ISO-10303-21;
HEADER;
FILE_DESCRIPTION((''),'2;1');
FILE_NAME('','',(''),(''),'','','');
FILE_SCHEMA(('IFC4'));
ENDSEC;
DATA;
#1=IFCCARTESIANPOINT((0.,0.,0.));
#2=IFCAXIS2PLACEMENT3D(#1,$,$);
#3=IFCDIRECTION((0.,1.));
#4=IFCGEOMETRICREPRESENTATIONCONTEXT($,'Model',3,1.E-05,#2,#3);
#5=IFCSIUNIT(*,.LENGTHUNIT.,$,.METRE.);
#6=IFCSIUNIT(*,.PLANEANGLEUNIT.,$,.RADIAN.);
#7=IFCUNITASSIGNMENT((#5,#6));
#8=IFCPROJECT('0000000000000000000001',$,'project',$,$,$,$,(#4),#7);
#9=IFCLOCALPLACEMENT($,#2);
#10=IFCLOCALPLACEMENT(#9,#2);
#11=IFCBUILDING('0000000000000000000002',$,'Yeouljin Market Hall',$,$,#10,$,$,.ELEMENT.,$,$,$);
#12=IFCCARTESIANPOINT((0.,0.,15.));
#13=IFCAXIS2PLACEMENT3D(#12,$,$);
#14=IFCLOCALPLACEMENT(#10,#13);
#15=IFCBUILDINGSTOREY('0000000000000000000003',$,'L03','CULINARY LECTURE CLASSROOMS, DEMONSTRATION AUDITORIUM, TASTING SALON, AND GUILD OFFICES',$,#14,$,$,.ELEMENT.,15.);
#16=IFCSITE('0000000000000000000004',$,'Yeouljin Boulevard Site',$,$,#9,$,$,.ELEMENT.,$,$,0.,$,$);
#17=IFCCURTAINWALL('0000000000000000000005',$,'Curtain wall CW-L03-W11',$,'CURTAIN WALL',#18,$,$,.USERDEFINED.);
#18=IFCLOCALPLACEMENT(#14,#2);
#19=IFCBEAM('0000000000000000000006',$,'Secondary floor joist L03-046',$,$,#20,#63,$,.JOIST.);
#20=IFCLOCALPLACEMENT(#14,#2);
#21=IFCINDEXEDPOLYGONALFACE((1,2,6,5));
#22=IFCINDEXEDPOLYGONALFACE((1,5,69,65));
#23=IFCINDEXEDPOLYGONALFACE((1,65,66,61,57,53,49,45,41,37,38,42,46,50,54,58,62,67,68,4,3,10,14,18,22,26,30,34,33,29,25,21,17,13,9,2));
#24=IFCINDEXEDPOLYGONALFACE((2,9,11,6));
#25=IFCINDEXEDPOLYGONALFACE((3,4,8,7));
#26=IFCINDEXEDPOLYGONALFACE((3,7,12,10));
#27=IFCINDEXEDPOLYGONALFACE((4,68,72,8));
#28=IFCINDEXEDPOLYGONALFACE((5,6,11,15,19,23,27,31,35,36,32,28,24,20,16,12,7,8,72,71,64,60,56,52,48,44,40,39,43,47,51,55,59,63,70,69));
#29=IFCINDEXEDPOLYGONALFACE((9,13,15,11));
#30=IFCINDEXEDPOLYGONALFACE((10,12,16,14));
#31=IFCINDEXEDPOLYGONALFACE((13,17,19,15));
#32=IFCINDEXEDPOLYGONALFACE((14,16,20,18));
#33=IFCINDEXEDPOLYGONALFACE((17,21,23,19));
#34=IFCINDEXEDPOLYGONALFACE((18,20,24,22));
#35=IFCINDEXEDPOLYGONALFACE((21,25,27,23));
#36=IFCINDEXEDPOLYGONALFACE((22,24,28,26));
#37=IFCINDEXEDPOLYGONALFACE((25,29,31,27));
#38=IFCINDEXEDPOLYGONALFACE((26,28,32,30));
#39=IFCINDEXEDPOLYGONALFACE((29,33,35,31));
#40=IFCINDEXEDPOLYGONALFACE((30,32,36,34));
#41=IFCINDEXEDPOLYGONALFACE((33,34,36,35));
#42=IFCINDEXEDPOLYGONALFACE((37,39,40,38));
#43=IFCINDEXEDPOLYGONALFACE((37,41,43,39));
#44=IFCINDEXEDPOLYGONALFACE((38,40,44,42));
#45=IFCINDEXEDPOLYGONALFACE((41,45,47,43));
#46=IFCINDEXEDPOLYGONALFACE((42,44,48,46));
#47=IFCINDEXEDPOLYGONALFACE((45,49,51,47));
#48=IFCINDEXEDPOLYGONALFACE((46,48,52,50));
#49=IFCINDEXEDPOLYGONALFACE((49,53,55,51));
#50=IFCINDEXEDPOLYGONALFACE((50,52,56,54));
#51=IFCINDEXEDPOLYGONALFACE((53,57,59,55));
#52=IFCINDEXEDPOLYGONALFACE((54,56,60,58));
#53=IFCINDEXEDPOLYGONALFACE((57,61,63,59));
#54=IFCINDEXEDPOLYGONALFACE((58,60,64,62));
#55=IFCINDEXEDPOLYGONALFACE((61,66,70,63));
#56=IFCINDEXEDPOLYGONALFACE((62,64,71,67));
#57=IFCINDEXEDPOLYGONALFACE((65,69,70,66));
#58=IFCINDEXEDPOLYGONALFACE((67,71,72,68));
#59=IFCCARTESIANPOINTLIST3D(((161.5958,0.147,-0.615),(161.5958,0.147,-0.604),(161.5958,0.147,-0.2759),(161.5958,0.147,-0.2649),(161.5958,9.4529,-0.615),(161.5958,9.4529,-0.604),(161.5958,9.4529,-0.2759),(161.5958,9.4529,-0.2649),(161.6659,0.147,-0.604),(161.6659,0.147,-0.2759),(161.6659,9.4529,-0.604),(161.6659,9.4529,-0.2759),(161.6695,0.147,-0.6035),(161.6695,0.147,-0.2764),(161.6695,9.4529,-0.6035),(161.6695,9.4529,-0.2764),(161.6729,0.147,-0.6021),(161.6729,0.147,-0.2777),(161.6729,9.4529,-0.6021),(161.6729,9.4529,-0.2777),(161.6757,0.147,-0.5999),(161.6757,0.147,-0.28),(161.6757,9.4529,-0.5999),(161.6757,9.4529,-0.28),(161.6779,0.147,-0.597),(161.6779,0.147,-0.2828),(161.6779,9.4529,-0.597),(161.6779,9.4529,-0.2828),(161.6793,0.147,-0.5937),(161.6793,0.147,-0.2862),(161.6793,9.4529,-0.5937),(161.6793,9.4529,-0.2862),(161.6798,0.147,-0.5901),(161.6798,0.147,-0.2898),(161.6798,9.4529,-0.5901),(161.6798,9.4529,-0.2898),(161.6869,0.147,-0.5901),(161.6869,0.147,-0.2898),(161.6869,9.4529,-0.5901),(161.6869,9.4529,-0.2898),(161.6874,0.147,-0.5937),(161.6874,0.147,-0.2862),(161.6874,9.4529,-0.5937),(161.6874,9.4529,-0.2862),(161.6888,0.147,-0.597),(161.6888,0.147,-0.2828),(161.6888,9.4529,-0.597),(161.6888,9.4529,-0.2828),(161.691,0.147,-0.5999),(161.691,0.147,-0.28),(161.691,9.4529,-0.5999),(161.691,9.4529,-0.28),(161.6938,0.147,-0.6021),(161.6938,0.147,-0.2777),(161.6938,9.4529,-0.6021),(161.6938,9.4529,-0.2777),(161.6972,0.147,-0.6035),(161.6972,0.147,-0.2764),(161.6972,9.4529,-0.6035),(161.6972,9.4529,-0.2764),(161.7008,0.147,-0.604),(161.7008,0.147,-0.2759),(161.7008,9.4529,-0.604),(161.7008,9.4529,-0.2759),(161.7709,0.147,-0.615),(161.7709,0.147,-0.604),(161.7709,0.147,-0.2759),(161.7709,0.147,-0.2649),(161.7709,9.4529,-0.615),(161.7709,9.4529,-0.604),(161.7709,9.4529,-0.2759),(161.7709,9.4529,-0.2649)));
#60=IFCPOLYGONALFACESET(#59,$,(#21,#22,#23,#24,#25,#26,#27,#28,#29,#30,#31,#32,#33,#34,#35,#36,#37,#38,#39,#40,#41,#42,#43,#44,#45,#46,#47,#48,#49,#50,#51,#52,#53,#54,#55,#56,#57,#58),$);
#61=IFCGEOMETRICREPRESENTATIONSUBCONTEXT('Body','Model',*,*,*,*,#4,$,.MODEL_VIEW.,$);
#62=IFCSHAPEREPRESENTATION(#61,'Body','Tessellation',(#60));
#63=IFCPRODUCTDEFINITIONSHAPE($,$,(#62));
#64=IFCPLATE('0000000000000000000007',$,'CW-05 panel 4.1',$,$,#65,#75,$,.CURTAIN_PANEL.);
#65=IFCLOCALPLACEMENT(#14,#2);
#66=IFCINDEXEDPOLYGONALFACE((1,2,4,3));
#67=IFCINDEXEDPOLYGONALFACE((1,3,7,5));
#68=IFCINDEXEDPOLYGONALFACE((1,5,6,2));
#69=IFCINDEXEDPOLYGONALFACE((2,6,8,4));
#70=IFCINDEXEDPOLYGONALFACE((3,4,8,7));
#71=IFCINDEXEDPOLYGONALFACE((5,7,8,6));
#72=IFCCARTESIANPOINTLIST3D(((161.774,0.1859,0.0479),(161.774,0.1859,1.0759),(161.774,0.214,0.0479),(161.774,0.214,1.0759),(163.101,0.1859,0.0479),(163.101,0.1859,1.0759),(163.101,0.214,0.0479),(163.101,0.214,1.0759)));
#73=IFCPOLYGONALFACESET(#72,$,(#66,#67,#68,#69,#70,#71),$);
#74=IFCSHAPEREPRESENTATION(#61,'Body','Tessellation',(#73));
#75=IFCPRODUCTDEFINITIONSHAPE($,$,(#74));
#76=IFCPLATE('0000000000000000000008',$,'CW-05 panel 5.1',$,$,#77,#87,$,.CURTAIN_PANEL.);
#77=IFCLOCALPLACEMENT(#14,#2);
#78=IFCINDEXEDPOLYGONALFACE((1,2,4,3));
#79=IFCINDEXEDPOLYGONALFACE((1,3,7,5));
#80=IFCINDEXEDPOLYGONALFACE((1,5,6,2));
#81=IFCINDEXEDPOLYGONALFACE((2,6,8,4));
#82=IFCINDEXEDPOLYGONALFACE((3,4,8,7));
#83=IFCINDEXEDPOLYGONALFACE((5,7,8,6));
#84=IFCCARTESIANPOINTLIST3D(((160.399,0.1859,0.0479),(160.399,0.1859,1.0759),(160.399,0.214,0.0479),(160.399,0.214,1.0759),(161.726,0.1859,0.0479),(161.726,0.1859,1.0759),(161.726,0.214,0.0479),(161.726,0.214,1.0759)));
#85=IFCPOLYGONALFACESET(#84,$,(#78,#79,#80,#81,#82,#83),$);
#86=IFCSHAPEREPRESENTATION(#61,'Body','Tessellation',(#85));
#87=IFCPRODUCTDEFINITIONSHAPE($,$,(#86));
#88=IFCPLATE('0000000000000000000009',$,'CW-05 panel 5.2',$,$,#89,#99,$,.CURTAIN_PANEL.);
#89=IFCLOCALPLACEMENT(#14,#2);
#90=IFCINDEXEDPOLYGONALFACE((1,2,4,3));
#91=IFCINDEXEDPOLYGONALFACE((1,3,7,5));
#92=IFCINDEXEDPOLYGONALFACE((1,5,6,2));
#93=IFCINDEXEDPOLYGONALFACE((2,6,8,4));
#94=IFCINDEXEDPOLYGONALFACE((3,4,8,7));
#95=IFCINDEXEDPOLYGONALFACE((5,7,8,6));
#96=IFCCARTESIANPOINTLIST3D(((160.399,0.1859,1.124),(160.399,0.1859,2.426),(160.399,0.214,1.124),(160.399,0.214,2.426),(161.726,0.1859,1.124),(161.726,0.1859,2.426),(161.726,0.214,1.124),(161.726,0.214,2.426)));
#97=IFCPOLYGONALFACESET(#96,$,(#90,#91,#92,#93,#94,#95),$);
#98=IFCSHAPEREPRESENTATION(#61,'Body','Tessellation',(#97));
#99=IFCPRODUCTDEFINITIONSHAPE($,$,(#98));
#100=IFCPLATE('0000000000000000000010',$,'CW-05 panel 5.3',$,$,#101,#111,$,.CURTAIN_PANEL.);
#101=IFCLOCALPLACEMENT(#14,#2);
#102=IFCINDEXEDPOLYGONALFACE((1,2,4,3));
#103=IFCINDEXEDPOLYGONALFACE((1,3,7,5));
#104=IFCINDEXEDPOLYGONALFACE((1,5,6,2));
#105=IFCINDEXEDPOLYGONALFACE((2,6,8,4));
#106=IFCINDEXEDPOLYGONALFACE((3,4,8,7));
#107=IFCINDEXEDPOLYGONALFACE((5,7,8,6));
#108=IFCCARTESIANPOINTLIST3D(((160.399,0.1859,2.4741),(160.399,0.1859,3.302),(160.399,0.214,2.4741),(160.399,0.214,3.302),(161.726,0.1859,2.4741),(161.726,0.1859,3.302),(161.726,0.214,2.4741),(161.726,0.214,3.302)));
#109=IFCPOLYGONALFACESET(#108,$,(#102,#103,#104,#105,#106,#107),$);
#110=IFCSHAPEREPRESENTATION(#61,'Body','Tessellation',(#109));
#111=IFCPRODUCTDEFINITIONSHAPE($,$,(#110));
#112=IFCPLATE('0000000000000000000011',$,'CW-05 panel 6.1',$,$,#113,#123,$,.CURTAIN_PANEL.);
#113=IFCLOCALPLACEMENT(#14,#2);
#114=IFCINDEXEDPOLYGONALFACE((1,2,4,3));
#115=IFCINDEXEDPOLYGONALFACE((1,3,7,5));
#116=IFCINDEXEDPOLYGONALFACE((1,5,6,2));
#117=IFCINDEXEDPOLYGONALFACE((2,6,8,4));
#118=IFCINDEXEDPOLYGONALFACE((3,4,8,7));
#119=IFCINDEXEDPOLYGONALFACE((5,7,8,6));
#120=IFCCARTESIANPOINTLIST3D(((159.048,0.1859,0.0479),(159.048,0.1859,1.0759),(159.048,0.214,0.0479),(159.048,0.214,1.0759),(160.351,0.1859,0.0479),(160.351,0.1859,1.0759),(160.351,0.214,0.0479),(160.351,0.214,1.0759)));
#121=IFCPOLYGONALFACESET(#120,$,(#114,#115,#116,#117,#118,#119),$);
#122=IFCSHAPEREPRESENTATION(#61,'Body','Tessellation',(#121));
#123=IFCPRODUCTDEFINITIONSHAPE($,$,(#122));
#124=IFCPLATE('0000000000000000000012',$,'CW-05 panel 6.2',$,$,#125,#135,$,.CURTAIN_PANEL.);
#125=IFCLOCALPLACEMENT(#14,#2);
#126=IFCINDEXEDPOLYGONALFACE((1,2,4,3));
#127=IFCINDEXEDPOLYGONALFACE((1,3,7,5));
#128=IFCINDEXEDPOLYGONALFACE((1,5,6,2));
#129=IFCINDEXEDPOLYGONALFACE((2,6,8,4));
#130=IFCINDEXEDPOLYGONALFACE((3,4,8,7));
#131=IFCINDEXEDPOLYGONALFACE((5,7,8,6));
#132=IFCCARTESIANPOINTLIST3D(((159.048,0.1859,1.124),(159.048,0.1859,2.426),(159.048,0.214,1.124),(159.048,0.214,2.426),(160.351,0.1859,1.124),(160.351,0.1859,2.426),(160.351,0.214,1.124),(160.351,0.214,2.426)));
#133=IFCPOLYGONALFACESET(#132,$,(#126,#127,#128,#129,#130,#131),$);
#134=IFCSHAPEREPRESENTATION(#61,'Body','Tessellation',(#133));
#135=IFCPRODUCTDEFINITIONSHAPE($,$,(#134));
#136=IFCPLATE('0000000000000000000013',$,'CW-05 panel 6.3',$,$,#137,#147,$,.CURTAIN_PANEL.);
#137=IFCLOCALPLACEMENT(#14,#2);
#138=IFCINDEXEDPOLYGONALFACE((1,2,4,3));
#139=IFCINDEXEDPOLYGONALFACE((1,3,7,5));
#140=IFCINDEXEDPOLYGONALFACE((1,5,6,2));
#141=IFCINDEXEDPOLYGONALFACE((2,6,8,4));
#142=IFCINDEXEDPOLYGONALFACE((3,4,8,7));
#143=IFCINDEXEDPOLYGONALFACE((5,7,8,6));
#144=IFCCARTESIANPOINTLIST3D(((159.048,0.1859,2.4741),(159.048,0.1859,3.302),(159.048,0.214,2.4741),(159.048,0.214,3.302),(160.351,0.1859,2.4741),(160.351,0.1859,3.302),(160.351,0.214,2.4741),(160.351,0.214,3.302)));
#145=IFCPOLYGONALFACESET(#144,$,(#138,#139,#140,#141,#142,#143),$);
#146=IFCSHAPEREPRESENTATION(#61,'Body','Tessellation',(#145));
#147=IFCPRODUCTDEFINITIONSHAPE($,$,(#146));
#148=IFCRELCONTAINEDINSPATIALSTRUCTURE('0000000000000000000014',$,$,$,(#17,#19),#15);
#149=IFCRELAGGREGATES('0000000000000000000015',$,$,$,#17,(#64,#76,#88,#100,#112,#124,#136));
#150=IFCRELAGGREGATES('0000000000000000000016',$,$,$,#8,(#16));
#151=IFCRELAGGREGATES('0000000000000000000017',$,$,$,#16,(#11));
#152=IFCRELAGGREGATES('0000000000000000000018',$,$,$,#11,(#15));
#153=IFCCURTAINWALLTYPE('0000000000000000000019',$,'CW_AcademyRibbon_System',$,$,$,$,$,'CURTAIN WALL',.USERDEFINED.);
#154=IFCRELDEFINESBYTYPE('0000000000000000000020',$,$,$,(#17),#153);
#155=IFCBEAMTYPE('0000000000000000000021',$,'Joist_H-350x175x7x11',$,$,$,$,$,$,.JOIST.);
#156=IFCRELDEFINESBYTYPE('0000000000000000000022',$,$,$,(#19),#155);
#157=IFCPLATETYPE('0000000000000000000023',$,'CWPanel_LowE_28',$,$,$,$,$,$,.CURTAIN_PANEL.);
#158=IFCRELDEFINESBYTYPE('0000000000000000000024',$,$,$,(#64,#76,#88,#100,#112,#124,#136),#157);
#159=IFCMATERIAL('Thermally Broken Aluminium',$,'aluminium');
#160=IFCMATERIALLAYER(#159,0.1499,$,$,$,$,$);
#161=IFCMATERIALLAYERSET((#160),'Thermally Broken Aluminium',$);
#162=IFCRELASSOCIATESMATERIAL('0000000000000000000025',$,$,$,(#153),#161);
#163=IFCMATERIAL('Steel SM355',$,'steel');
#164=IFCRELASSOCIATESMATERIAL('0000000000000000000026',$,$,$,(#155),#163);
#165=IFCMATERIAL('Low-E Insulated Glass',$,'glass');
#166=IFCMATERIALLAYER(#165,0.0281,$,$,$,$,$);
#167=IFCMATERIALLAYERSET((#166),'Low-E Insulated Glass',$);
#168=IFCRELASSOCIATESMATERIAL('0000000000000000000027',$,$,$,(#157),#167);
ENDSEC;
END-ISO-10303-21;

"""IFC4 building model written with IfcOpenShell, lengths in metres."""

from ifc_helpers import new_model, si_unit, direction, frame, origin, origin_2d, place, context, subcontext, project, spatial, rectangle, i_section, extrude, material, layer, layer_set, material_profile, profile_set, type_object, element, aggregate, save


model = new_model("IFC4")

# Units and contexts
model_context = context("Model", 3, precision=1e-05, world=origin(), true_north=direction((0.0, 1.0)))
body_context = subcontext(model_context, "Body", "Model", "MODEL_VIEW")
ifc_project = project(units=[si_unit("LENGTHUNIT", "METRE"), si_unit("PLANEANGLEUNIT", "RADIAN")], contexts=[model_context])

# Site, building, storey
site_placement = place(None, origin())
site = spatial("IfcSite", under=ifc_project, at=site_placement, Name="Yeouljin Boulevard Site", CompositionType="ELEMENT", RefElevation=0.0)
building_placement = place(site_placement, origin())
building = spatial("IfcBuilding", under=site, at=building_placement, Name="Yeouljin Market Hall", CompositionType="ELEMENT")
storey_placement = place(building_placement, frame((0.0, 0.0, 15.0)))
storey = spatial("IfcBuildingStorey", under=building, at=storey_placement, Name="L03", Description="CULINARY LECTURE CLASSROOMS, DEMONSTRATION AUDITORIUM, TASTING SALON, AND GUILD OFFICES", CompositionType="ELEMENT", Elevation=15.0)

# Curtain wall
ifc_material_1 = material(Name="Thermally Broken Aluminium", Category="aluminium")
ifc_layer_1 = layer(ifc_material_1, 0.1499)
ifc_layer_set_1 = layer_set([ifc_layer_1], Name="Thermally Broken Aluminium")
curtain_wall_type = type_object("IfcCurtainWallType", Name="CW_AcademyRibbon_System", ElementType="CURTAIN WALL", PredefinedType="USERDEFINED", material=ifc_layer_set_1)
curtain_wall_placement = place(storey_placement, origin())
curtain_wall = element("IfcCurtainWall", 1, at=curtain_wall_placement, inside=storey, type_object=curtain_wall_type, Name="Curtain wall CW-L03-W11", ObjectType="CURTAIN WALL", PredefinedType="USERDEFINED")

# Beam
ifc_material_2 = material(Name="Steel SM355", Category="steel")
ifc_material_profile_1 = material_profile(ifc_material_2, i_section(OverallWidth=0.175, OverallDepth=0.3501, WebThickness=0.0071, FlangeThickness=0.011, FilletRadius=0.0139, at=origin_2d()), Name="H-350x175x7x11")
ifc_profile_set_1 = profile_set([ifc_material_profile_1], Name="Steel SM355")
beam_type_1 = type_object("IfcBeamType", Name="Joist_H-350x175x7x11", PredefinedType="JOIST", material=ifc_profile_set_1)
for number, where, z_axis, x_axis, name in (
    (2, (161.6833, 0.147, -0.4399), (0.0, 1.0, 0.0), (-1.0, 0.0, 0.0), "Secondary floor joist L03-046"),
):
    element("IfcBeam", number, at=place(storey_placement, frame(where, z_axis=z_axis, x_axis=x_axis)), inside=storey, type_object=beam_type_1, Name=name, PredefinedType="JOIST", context=body_context, shape_type="SweptSolid", body=[
        extrude(i_section(OverallWidth=0.175, OverallDepth=0.3501, WebThickness=0.0071, FlangeThickness=0.011, FilletRadius=0.0139, at=origin_2d()), origin(), (0.0, 0.0, 1.0), 9.3059),
    ])

# Plates
ifc_material_3 = material(Name="Low-E Insulated Glass", Category="glass")
ifc_layer_2 = layer(ifc_material_3, 0.0281)
ifc_layer_set_2 = layer_set([ifc_layer_2], Name="Low-E Insulated Glass")
plate_type = type_object("IfcPlateType", Name="CWPanel_LowE_28", PredefinedType="CURTAIN_PANEL", material=ifc_layer_set_2)
plate_1_placement = place(storey_placement, frame((162.4375, 0.2, 0.0479), z_axis=(0.0, 0.0, 1.0), x_axis=(-1.0, 0.0, 0.0)))
plate_1 = element("IfcPlate", 3, at=plate_1_placement, type_object=plate_type, Name="CW-05 panel 4.1", PredefinedType="CURTAIN_PANEL", context=body_context, shape_type="SweptSolid", body=[
    extrude(rectangle(XDim=1.3269, YDim=0.0281, at=origin_2d()), origin(), (0.0, 0.0, 1.0), 1.0281),
])
plate_2_placement = place(storey_placement, frame((161.0625, 0.2, 0.0479), z_axis=(0.0, 0.0, 1.0), x_axis=(-1.0, 0.0, 0.0)))
plate_2 = element("IfcPlate", 4, at=plate_2_placement, type_object=plate_type, Name="CW-05 panel 5.1", PredefinedType="CURTAIN_PANEL", context=body_context, shape_type="SweptSolid", body=[
    extrude(rectangle(XDim=1.3269, YDim=0.0281, at=origin_2d()), origin(), (0.0, 0.0, 1.0), 1.0281),
])
plate_3_placement = place(storey_placement, frame((161.0625, 0.2, 1.124), z_axis=(0.0, 0.0, 1.0), x_axis=(-1.0, 0.0, 0.0)))
plate_3 = element("IfcPlate", 5, at=plate_3_placement, type_object=plate_type, Name="CW-05 panel 5.2", PredefinedType="CURTAIN_PANEL", context=body_context, shape_type="SweptSolid", body=[
    extrude(rectangle(XDim=1.3269, YDim=0.0281, at=origin_2d()), origin(), (0.0, 0.0, 1.0), 1.302),
])
plate_4_placement = place(storey_placement, frame((161.0625, 0.2, 2.4741), z_axis=(0.0, 0.0, 1.0), x_axis=(-1.0, 0.0, 0.0)))
plate_4 = element("IfcPlate", 6, at=plate_4_placement, type_object=plate_type, Name="CW-05 panel 5.3", PredefinedType="CURTAIN_PANEL", context=body_context, shape_type="SweptSolid", body=[
    extrude(rectangle(XDim=1.3269, YDim=0.0281, at=origin_2d()), origin(), (0.0, 0.0, 1.0), 0.8279),
])
plate_5_placement = place(storey_placement, frame((159.6995, 0.2, 0.0479), z_axis=(0.0, 0.0, 1.0), x_axis=(-1.0, 0.0, 0.0)))
plate_5 = element("IfcPlate", 7, at=plate_5_placement, type_object=plate_type, Name="CW-05 panel 6.1", PredefinedType="CURTAIN_PANEL", context=body_context, shape_type="SweptSolid", body=[
    extrude(rectangle(XDim=1.303, YDim=0.0281, at=origin_2d()), origin(), (0.0, 0.0, 1.0), 1.0281),
])
plate_6_placement = place(storey_placement, frame((159.6995, 0.2, 1.124), z_axis=(0.0, 0.0, 1.0), x_axis=(-1.0, 0.0, 0.0)))
plate_6 = element("IfcPlate", 8, at=plate_6_placement, type_object=plate_type, Name="CW-05 panel 6.2", PredefinedType="CURTAIN_PANEL", context=body_context, shape_type="SweptSolid", body=[
    extrude(rectangle(XDim=1.303, YDim=0.0281, at=origin_2d()), origin(), (0.0, 0.0, 1.0), 1.302),
])
plate_7_placement = place(storey_placement, frame((159.6995, 0.2, 2.4741), z_axis=(0.0, 0.0, 1.0), x_axis=(-1.0, 0.0, 0.0)))
plate_7 = element("IfcPlate", 9, at=plate_7_placement, type_object=plate_type, Name="CW-05 panel 6.3", PredefinedType="CURTAIN_PANEL", context=body_context, shape_type="SweptSolid", body=[
    extrude(rectangle(XDim=1.303, YDim=0.0281, at=origin_2d()), origin(), (0.0, 0.0, 1.0), 0.8279),
])
aggregate(curtain_wall, [plate_1, plate_2, plate_3, plate_4, plate_5, plate_6, plate_7])

save(model, "model.ifc")
